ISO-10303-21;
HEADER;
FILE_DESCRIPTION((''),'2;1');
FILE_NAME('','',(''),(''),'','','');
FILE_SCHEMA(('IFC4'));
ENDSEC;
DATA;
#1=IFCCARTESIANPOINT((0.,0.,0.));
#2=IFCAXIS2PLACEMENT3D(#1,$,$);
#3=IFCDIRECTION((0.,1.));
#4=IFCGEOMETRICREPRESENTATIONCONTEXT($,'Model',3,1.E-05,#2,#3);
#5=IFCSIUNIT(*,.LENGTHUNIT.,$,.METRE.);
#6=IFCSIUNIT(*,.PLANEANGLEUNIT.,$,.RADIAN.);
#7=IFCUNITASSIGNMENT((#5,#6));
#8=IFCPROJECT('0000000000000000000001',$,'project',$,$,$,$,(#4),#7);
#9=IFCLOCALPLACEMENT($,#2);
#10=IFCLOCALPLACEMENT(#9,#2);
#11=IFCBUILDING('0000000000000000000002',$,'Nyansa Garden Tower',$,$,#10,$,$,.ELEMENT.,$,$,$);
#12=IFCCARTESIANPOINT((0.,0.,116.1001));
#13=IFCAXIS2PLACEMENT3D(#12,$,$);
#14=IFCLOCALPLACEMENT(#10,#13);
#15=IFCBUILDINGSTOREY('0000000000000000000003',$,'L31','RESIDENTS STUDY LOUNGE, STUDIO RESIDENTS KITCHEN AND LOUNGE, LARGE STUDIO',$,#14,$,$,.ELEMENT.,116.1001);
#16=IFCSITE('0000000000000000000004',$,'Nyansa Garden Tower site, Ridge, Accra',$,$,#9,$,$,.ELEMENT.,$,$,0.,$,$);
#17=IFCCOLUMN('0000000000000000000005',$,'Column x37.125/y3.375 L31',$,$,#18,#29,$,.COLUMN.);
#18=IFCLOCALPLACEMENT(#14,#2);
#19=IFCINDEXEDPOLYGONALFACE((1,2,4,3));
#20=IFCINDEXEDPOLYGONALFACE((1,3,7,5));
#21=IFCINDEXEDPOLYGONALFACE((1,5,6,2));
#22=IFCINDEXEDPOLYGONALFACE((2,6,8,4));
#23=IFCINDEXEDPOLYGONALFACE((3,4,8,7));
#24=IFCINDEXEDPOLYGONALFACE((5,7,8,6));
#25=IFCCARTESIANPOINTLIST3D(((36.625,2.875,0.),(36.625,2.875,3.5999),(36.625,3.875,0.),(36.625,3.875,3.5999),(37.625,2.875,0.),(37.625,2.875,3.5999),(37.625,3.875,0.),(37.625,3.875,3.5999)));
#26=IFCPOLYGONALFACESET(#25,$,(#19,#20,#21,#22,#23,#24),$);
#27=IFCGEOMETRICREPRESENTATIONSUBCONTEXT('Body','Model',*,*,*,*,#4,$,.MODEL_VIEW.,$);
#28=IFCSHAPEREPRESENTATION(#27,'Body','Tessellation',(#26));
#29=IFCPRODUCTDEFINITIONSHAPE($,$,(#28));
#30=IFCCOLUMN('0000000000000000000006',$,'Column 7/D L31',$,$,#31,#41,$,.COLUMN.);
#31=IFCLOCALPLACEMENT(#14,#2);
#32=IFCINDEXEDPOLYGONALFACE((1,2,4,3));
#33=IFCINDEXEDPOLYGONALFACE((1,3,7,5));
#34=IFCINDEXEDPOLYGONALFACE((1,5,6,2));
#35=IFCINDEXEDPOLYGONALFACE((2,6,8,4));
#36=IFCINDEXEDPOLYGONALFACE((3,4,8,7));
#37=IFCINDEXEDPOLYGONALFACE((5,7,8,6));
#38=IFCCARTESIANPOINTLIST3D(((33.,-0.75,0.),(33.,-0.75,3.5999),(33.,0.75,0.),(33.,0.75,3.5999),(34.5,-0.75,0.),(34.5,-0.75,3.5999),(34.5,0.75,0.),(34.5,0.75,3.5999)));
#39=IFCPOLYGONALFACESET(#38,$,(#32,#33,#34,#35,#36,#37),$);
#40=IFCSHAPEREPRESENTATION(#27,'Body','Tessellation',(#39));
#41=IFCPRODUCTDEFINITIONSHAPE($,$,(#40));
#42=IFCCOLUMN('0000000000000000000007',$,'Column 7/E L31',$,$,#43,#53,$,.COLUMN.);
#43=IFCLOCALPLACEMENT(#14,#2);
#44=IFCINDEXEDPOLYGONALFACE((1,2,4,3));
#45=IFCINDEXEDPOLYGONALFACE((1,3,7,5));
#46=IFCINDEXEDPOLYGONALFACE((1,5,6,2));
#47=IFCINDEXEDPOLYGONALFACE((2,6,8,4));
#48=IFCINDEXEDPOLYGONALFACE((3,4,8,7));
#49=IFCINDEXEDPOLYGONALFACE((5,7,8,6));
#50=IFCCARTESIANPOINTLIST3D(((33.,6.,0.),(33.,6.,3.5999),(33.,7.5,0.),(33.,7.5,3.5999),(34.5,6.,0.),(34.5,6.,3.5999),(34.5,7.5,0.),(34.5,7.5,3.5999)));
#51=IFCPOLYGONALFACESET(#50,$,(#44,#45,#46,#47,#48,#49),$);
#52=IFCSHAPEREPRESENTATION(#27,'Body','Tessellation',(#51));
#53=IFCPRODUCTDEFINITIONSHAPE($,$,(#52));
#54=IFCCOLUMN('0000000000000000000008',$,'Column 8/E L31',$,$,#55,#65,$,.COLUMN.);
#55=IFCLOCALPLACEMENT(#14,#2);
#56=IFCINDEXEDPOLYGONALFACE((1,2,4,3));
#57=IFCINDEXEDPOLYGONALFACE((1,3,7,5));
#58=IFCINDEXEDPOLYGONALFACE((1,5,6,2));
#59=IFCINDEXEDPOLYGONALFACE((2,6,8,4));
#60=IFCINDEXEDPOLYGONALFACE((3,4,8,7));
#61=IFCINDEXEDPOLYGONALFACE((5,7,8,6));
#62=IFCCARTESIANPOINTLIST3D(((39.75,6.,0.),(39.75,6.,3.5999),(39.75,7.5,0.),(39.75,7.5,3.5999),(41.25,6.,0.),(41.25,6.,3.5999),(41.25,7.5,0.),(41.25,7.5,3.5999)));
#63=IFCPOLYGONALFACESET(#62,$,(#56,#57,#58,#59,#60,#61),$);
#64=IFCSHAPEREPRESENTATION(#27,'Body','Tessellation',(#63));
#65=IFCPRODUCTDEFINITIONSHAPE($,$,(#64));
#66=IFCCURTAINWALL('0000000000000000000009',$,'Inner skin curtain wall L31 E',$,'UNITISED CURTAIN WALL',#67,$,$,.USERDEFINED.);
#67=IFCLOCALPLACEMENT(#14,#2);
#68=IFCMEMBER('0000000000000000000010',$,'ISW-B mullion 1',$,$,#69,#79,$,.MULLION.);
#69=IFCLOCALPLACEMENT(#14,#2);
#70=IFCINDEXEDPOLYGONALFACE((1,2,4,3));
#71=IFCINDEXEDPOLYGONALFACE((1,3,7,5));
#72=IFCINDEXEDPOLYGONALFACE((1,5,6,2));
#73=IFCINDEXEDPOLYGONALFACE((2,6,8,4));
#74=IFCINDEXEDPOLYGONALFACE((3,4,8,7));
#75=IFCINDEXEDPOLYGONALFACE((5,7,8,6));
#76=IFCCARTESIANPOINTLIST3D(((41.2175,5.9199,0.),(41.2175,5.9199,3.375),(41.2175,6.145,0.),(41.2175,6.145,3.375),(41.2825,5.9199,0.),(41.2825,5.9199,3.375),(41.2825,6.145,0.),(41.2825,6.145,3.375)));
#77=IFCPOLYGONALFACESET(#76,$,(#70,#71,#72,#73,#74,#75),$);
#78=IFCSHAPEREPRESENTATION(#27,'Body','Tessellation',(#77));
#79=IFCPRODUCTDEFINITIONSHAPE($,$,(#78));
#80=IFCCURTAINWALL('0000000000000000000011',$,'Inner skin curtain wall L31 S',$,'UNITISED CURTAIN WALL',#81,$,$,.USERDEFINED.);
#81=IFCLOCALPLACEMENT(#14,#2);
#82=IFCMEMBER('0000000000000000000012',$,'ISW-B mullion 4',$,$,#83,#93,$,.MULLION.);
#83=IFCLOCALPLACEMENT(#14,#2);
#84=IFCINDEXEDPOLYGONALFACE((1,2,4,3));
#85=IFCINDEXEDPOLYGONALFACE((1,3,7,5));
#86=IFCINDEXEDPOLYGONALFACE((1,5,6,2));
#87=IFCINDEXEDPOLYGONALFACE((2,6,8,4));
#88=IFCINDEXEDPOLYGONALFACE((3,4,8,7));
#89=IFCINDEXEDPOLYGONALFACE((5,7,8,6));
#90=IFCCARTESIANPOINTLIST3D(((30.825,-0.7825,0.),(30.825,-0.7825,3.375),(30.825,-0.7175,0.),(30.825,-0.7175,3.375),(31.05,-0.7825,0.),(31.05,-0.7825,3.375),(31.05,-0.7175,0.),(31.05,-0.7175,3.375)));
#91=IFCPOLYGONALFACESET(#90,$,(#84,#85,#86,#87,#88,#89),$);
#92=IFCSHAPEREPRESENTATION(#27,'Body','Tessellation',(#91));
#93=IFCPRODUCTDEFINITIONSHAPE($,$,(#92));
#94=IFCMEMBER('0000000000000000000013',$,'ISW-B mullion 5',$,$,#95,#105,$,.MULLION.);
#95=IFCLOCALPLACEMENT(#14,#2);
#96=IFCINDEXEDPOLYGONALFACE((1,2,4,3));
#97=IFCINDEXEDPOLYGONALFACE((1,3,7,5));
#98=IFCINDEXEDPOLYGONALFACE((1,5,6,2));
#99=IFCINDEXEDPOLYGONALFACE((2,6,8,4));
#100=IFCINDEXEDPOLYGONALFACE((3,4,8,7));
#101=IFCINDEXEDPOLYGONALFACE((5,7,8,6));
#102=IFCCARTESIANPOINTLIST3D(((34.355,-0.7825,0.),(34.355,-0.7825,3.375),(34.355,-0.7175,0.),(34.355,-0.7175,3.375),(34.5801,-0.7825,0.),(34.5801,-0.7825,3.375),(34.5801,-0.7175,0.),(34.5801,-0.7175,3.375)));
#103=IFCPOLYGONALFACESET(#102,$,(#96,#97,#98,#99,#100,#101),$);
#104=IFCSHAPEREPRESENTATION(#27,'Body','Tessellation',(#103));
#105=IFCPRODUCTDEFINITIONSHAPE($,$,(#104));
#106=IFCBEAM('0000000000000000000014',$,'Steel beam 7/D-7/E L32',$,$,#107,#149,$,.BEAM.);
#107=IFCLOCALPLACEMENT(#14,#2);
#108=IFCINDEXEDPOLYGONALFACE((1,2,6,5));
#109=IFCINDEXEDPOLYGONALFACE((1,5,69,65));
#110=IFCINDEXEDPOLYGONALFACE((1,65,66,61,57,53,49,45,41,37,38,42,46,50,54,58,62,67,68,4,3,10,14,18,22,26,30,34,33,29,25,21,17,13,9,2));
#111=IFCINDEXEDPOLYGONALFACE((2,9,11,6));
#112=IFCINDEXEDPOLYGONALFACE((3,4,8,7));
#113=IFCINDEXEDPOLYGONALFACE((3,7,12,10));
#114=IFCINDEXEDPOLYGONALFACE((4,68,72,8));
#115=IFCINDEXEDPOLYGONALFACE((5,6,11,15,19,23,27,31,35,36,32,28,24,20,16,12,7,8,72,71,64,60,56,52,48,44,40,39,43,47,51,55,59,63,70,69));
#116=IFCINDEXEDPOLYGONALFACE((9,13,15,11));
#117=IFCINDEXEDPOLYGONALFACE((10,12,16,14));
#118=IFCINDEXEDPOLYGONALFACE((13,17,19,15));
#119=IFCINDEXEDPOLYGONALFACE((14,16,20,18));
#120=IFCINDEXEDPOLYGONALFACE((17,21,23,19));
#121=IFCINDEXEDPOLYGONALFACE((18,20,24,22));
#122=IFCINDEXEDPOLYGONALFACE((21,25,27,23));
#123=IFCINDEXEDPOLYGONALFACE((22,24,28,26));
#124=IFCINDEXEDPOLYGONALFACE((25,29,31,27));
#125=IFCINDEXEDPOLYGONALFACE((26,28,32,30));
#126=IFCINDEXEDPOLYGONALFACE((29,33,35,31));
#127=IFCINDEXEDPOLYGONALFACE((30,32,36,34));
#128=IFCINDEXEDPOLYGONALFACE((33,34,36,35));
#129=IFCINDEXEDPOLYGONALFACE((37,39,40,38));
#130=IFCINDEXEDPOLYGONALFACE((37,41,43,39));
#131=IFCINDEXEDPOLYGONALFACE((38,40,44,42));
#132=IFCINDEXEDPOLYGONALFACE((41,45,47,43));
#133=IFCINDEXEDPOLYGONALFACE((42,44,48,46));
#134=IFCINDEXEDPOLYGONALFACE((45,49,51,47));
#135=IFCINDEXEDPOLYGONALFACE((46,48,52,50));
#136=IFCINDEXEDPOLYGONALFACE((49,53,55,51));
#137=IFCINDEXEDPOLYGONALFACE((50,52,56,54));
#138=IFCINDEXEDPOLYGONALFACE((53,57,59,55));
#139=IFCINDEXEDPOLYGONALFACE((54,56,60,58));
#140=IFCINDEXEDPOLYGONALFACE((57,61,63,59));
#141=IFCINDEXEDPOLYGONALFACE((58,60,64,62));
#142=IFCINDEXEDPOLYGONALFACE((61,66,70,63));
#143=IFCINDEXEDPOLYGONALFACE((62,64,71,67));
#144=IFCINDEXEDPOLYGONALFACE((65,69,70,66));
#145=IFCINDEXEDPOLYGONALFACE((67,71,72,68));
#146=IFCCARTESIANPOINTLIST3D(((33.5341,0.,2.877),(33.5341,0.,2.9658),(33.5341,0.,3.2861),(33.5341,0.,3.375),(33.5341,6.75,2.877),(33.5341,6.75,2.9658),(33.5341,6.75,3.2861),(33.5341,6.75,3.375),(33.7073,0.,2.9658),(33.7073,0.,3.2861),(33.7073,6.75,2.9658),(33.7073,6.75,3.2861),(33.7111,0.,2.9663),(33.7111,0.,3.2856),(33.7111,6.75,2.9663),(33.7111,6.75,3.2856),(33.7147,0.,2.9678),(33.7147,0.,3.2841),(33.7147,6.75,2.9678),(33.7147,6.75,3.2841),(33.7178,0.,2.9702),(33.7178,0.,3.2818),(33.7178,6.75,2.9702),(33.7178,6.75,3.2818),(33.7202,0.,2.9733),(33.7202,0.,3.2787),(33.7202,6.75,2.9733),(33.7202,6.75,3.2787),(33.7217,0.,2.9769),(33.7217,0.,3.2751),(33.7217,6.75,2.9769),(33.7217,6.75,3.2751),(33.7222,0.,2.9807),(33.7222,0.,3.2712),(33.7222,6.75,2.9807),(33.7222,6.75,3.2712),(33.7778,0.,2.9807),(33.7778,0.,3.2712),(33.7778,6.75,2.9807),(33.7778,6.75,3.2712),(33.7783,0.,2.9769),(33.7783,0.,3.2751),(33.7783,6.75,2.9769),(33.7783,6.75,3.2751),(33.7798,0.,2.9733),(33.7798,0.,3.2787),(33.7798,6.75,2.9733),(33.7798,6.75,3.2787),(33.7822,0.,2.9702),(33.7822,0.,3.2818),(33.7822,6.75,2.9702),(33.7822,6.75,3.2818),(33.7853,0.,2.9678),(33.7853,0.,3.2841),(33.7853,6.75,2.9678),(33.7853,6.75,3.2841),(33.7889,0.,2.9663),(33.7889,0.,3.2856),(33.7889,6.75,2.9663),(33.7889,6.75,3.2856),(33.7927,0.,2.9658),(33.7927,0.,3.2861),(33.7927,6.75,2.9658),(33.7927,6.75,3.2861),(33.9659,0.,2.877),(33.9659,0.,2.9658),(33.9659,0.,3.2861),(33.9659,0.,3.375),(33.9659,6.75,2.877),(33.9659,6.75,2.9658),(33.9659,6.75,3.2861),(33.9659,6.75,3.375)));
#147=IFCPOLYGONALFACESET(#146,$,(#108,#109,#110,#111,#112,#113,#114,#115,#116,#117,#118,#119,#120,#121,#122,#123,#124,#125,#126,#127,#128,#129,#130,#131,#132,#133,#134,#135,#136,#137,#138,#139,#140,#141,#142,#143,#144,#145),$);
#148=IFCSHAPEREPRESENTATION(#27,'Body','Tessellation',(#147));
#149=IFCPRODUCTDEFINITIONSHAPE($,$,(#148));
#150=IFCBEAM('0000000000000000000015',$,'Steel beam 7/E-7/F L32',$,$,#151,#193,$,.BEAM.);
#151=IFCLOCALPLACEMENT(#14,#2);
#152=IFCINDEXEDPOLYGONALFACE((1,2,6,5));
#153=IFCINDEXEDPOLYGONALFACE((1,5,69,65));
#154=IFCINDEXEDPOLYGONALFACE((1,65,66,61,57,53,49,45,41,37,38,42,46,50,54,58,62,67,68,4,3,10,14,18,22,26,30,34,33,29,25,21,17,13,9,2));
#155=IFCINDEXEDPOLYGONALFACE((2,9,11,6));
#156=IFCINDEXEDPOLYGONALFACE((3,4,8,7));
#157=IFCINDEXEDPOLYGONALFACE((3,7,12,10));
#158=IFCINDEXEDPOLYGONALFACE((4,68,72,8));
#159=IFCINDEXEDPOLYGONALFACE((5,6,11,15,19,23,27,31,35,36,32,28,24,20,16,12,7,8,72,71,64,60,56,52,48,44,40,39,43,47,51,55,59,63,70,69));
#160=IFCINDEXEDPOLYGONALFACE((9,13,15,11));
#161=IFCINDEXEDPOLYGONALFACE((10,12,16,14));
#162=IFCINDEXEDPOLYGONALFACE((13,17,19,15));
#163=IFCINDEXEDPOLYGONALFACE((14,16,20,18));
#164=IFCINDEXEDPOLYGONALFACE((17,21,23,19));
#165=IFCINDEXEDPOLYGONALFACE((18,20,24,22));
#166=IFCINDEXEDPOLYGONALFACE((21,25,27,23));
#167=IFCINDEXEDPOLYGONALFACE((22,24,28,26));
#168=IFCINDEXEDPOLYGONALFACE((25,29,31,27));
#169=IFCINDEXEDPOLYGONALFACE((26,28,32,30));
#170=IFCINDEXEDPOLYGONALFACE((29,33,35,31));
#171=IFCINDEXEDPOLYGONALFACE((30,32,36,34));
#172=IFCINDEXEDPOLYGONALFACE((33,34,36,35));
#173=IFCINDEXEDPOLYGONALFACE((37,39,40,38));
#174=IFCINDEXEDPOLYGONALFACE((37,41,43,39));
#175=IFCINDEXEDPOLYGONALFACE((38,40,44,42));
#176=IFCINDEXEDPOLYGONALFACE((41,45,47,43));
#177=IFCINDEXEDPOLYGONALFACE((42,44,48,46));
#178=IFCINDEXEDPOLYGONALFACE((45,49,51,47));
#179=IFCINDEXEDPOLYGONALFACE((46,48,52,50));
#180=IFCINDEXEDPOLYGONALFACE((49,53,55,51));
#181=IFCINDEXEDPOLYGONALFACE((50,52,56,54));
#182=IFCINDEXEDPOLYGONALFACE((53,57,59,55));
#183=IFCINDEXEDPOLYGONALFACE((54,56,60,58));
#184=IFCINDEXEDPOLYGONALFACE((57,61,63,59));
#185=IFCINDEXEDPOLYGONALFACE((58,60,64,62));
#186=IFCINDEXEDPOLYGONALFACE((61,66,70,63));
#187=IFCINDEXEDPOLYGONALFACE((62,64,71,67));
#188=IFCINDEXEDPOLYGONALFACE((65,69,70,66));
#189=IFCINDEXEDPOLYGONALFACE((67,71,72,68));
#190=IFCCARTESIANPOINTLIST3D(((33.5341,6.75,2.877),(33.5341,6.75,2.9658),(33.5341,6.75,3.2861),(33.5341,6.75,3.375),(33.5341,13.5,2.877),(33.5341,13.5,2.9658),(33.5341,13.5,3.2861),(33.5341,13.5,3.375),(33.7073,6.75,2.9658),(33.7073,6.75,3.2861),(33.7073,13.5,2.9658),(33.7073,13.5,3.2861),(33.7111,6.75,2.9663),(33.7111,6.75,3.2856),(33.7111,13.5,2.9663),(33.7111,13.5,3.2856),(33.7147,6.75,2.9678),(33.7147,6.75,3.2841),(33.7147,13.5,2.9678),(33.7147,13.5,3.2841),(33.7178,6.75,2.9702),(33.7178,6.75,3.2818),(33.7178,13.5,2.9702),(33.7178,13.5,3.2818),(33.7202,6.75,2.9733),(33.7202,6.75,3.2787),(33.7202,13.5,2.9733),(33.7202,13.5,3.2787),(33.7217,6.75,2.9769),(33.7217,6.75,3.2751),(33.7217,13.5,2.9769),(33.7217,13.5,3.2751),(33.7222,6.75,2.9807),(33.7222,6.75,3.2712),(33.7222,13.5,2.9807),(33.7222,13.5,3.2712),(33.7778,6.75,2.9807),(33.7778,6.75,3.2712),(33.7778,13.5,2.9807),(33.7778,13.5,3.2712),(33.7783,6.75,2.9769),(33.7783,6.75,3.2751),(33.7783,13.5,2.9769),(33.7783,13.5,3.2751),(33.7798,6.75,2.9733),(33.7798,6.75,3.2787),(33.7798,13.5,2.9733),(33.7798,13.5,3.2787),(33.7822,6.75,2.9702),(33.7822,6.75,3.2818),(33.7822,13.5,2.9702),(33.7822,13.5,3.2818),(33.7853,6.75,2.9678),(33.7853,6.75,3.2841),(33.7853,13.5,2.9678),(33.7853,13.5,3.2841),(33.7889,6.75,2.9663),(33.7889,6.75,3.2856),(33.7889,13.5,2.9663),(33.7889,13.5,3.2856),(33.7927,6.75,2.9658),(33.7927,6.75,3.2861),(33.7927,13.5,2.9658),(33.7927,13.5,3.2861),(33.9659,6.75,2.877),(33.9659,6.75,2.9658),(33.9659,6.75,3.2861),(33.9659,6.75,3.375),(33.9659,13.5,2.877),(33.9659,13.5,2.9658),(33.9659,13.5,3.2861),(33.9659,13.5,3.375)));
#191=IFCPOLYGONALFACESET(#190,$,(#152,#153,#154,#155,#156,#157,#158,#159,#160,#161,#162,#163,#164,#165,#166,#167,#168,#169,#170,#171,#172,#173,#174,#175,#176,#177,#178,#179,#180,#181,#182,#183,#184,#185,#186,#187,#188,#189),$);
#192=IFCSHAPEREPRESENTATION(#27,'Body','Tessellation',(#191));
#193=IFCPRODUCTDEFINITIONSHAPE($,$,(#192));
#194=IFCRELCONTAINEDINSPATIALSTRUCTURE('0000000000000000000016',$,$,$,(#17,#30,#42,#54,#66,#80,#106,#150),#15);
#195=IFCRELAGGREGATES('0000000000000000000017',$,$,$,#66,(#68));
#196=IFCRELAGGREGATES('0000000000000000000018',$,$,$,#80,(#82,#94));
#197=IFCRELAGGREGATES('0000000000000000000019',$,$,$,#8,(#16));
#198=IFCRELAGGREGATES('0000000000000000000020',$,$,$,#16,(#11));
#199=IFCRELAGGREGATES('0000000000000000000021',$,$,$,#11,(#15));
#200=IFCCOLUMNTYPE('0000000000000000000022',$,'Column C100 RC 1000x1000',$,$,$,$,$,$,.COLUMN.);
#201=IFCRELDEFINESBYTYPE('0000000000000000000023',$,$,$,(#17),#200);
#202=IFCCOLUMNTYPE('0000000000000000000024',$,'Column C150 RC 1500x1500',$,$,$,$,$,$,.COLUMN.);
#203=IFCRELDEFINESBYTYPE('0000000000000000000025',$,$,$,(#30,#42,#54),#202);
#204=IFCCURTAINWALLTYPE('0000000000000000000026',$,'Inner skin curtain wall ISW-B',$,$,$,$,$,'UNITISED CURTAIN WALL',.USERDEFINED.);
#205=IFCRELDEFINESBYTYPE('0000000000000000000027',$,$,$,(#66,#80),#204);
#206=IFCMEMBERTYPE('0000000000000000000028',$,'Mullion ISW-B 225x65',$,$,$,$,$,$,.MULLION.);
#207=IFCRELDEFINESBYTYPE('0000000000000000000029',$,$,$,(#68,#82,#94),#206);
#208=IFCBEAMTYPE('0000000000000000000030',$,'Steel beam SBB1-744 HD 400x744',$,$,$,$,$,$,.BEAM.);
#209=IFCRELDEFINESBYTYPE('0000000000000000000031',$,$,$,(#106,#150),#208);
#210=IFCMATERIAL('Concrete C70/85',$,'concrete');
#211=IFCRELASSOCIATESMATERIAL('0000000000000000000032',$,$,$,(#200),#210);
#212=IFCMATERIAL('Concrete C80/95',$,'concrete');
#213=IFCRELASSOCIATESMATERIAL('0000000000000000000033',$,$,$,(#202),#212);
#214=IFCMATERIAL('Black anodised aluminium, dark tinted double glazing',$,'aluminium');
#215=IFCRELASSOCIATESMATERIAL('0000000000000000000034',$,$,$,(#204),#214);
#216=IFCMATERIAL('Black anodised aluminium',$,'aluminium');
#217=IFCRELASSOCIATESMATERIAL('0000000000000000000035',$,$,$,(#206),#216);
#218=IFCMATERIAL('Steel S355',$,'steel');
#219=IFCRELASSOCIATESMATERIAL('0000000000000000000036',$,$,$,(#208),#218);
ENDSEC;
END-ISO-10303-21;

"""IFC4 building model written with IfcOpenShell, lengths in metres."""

from ifc_helpers import new_model, si_unit, direction, frame, origin, origin_2d, place, context, subcontext, project, spatial, rectangle, i_section, extrude, material, material_profile, profile_set, type_object, element, aggregate, save


model = new_model("IFC4")

# Units and contexts
model_context = context("Model", 3, precision=1e-05, world=origin(), true_north=direction((0.0, 1.0)))
body_context = subcontext(model_context, "Body", "Model", "MODEL_VIEW")
ifc_project = project(units=[si_unit("LENGTHUNIT", "METRE"), si_unit("PLANEANGLEUNIT", "RADIAN")], contexts=[model_context])

# Site, building, storey
site_placement = place(None, origin())
site = spatial("IfcSite", under=ifc_project, at=site_placement, Name="Nyansa Garden Tower site, Ridge, Accra", CompositionType="ELEMENT", RefElevation=0.0)
building_placement = place(site_placement, origin())
building = spatial("IfcBuilding", under=site, at=building_placement, Name="Nyansa Garden Tower", CompositionType="ELEMENT")
storey_placement = place(building_placement, frame((0.0, 0.0, 116.1001)))
storey = spatial("IfcBuildingStorey", under=building, at=storey_placement, Name="L31", Description="RESIDENTS STUDY LOUNGE, STUDIO RESIDENTS KITCHEN AND LOUNGE, LARGE STUDIO", CompositionType="ELEMENT", Elevation=116.1001)

# Columns
ifc_material_1 = material(Name="Concrete C70/85", Category="concrete")
ifc_material_profile_1 = material_profile(ifc_material_1, rectangle(XDim=1.0, YDim=1.0, at=origin_2d()), Name="RC 1000x1000")
ifc_profile_set_1 = profile_set([ifc_material_profile_1], Name="Concrete C70/85")
column_type_1 = type_object("IfcColumnType", Name="Column C100 RC 1000x1000", PredefinedType="COLUMN", material=ifc_profile_set_1)
column_placement = place(storey_placement, frame((37.125, 3.375, 0.0), z_axis=(0.0, 0.0, 1.0), x_axis=(1.0, 0.0, 0.0)))
element("IfcColumn", 1, at=column_placement, inside=storey, type_object=column_type_1, Name="Column x37.125/y3.375 L31", PredefinedType="COLUMN", context=body_context, shape_type="SweptSolid", body=[
    extrude(rectangle(XDim=1.0, YDim=1.0, at=origin_2d()), origin(), (0.0, 0.0, 1.0), 3.5999),
])
ifc_material_2 = material(Name="Concrete C80/95", Category="concrete")
ifc_material_profile_2 = material_profile(ifc_material_2, rectangle(XDim=1.5, YDim=1.5, at=origin_2d()), Name="RC 1500x1500")
ifc_profile_set_2 = profile_set([ifc_material_profile_2], Name="Concrete C80/95")
column_type_2 = type_object("IfcColumnType", Name="Column C150 RC 1500x1500", PredefinedType="COLUMN", material=ifc_profile_set_2)
for number, where, z_axis, x_axis, name in (
    (2, (33.75, 0.0, 0.0), (0.0, 0.0, 1.0), (1.0, 0.0, 0.0), "Column 7/D L31"),
    (3, (33.75, 6.75, 0.0), (0.0, 0.0, 1.0), (1.0, 0.0, 0.0), "Column 7/E L31"),
    (4, (40.5, 6.75, 0.0), (0.0, 0.0, 1.0), (1.0, 0.0, 0.0), "Column 8/E L31"),
):
    element("IfcColumn", number, at=place(storey_placement, frame(where, z_axis=z_axis, x_axis=x_axis)), inside=storey, type_object=column_type_2, Name=name, PredefinedType="COLUMN", context=body_context, shape_type="SweptSolid", body=[
        extrude(rectangle(XDim=1.5, YDim=1.5, at=origin_2d()), origin(), (0.0, 0.0, 1.0), 3.5999),
    ])

# Curtain wall, member
ifc_material_3 = material(Name="Black anodised aluminium, dark tinted double glazing", Category="aluminium")
curtain_wall_type = type_object("IfcCurtainWallType", Name="Inner skin curtain wall ISW-B", ElementType="UNITISED CURTAIN WALL", PredefinedType="USERDEFINED", material=ifc_material_3)
curtain_wall_1_placement = place(storey_placement, origin())
curtain_wall_1 = element("IfcCurtainWall", 5, at=curtain_wall_1_placement, inside=storey, type_object=curtain_wall_type, Name="Inner skin curtain wall L31 E", ObjectType="UNITISED CURTAIN WALL", PredefinedType="USERDEFINED")
ifc_material_4 = material(Name="Black anodised aluminium", Category="aluminium")
ifc_material_profile_3 = material_profile(ifc_material_4, rectangle(XDim=0.0649, YDim=0.2251, at=origin_2d()), Name="Mullion 225x65")
ifc_profile_set_3 = profile_set([ifc_material_profile_3], Name="Black anodised aluminium")
member_type_1 = type_object("IfcMemberType", Name="Mullion ISW-B 225x65", PredefinedType="MULLION", material=ifc_profile_set_3)
member_1_placement = place(storey_placement, frame((41.25, 6.0325, 0.0), z_axis=(0.0, 0.0, 1.0), x_axis=(-1.0, 0.0, 0.0)))
member_1 = element("IfcMember", 6, at=member_1_placement, type_object=member_type_1, Name="ISW-B mullion 1", PredefinedType="MULLION", context=body_context, shape_type="SweptSolid", body=[
    extrude(rectangle(XDim=0.0649, YDim=0.2251, at=origin_2d()), origin(), (0.0, 0.0, 1.0), 3.375),
])

# Curtain wall, members
curtain_wall_2_placement = place(storey_placement, origin())
curtain_wall_2 = element("IfcCurtainWall", 7, at=curtain_wall_2_placement, inside=storey, type_object=curtain_wall_type, Name="Inner skin curtain wall L31 S", ObjectType="UNITISED CURTAIN WALL", PredefinedType="USERDEFINED")
member_2_placement = place(storey_placement, frame((30.9375, -0.75, 0.0), z_axis=(0.0, 0.0, 1.0), x_axis=(0.0, 1.0, 0.0)))
member_2 = element("IfcMember", 8, at=member_2_placement, type_object=member_type_1, Name="ISW-B mullion 4", PredefinedType="MULLION", context=body_context, shape_type="SweptSolid", body=[
    extrude(rectangle(XDim=0.0649, YDim=0.2251, at=origin_2d()), origin(), (0.0, 0.0, 1.0), 3.375),
])
member_3_placement = place(storey_placement, frame((34.4675, -0.75, 0.0), z_axis=(0.0, 0.0, 1.0), x_axis=(0.0, 1.0, 0.0)))
member_3 = element("IfcMember", 9, at=member_3_placement, type_object=member_type_1, Name="ISW-B mullion 5", PredefinedType="MULLION", context=body_context, shape_type="SweptSolid", body=[
    extrude(rectangle(XDim=0.0649, YDim=0.2251, at=origin_2d()), origin(), (0.0, 0.0, 1.0), 3.375),
])

# Beams
ifc_material_5 = material(Name="Steel S355", Category="steel")
ifc_material_profile_4 = material_profile(ifc_material_5, i_section(OverallWidth=0.4319, OverallDepth=0.498, WebThickness=0.0557, FlangeThickness=0.0889, FilletRadius=0.0149, at=origin_2d()), Name="HD 400x744")
ifc_profile_set_4 = profile_set([ifc_material_profile_4], Name="Steel S355")
beam_type_1 = type_object("IfcBeamType", Name="Steel beam SBB1-744 HD 400x744", PredefinedType="BEAM", material=ifc_profile_set_4)
for number, where, z_axis, x_axis, name in (
    (10, (33.75, 0.0, 3.126), (0.0, 1.0, 0.0), (-1.0, 0.0, 0.0), "Steel beam 7/D-7/E L32"),
    (11, (33.75, 6.75, 3.126), (0.0, 1.0, 0.0), (-1.0, 0.0, 0.0), "Steel beam 7/E-7/F L32"),
):
    element("IfcBeam", number, at=place(storey_placement, frame(where, z_axis=z_axis, x_axis=x_axis)), inside=storey, type_object=beam_type_1, Name=name, PredefinedType="BEAM", context=body_context, shape_type="SweptSolid", body=[
        extrude(i_section(OverallWidth=0.4319, OverallDepth=0.498, WebThickness=0.0557, FlangeThickness=0.0889, FilletRadius=0.0149, at=origin_2d()), origin(), (0.0, 0.0, 1.0), 6.75),
    ])

aggregate(curtain_wall_1, [member_1])

aggregate(curtain_wall_2, [member_2, member_3])

save(model, "model.ifc")
